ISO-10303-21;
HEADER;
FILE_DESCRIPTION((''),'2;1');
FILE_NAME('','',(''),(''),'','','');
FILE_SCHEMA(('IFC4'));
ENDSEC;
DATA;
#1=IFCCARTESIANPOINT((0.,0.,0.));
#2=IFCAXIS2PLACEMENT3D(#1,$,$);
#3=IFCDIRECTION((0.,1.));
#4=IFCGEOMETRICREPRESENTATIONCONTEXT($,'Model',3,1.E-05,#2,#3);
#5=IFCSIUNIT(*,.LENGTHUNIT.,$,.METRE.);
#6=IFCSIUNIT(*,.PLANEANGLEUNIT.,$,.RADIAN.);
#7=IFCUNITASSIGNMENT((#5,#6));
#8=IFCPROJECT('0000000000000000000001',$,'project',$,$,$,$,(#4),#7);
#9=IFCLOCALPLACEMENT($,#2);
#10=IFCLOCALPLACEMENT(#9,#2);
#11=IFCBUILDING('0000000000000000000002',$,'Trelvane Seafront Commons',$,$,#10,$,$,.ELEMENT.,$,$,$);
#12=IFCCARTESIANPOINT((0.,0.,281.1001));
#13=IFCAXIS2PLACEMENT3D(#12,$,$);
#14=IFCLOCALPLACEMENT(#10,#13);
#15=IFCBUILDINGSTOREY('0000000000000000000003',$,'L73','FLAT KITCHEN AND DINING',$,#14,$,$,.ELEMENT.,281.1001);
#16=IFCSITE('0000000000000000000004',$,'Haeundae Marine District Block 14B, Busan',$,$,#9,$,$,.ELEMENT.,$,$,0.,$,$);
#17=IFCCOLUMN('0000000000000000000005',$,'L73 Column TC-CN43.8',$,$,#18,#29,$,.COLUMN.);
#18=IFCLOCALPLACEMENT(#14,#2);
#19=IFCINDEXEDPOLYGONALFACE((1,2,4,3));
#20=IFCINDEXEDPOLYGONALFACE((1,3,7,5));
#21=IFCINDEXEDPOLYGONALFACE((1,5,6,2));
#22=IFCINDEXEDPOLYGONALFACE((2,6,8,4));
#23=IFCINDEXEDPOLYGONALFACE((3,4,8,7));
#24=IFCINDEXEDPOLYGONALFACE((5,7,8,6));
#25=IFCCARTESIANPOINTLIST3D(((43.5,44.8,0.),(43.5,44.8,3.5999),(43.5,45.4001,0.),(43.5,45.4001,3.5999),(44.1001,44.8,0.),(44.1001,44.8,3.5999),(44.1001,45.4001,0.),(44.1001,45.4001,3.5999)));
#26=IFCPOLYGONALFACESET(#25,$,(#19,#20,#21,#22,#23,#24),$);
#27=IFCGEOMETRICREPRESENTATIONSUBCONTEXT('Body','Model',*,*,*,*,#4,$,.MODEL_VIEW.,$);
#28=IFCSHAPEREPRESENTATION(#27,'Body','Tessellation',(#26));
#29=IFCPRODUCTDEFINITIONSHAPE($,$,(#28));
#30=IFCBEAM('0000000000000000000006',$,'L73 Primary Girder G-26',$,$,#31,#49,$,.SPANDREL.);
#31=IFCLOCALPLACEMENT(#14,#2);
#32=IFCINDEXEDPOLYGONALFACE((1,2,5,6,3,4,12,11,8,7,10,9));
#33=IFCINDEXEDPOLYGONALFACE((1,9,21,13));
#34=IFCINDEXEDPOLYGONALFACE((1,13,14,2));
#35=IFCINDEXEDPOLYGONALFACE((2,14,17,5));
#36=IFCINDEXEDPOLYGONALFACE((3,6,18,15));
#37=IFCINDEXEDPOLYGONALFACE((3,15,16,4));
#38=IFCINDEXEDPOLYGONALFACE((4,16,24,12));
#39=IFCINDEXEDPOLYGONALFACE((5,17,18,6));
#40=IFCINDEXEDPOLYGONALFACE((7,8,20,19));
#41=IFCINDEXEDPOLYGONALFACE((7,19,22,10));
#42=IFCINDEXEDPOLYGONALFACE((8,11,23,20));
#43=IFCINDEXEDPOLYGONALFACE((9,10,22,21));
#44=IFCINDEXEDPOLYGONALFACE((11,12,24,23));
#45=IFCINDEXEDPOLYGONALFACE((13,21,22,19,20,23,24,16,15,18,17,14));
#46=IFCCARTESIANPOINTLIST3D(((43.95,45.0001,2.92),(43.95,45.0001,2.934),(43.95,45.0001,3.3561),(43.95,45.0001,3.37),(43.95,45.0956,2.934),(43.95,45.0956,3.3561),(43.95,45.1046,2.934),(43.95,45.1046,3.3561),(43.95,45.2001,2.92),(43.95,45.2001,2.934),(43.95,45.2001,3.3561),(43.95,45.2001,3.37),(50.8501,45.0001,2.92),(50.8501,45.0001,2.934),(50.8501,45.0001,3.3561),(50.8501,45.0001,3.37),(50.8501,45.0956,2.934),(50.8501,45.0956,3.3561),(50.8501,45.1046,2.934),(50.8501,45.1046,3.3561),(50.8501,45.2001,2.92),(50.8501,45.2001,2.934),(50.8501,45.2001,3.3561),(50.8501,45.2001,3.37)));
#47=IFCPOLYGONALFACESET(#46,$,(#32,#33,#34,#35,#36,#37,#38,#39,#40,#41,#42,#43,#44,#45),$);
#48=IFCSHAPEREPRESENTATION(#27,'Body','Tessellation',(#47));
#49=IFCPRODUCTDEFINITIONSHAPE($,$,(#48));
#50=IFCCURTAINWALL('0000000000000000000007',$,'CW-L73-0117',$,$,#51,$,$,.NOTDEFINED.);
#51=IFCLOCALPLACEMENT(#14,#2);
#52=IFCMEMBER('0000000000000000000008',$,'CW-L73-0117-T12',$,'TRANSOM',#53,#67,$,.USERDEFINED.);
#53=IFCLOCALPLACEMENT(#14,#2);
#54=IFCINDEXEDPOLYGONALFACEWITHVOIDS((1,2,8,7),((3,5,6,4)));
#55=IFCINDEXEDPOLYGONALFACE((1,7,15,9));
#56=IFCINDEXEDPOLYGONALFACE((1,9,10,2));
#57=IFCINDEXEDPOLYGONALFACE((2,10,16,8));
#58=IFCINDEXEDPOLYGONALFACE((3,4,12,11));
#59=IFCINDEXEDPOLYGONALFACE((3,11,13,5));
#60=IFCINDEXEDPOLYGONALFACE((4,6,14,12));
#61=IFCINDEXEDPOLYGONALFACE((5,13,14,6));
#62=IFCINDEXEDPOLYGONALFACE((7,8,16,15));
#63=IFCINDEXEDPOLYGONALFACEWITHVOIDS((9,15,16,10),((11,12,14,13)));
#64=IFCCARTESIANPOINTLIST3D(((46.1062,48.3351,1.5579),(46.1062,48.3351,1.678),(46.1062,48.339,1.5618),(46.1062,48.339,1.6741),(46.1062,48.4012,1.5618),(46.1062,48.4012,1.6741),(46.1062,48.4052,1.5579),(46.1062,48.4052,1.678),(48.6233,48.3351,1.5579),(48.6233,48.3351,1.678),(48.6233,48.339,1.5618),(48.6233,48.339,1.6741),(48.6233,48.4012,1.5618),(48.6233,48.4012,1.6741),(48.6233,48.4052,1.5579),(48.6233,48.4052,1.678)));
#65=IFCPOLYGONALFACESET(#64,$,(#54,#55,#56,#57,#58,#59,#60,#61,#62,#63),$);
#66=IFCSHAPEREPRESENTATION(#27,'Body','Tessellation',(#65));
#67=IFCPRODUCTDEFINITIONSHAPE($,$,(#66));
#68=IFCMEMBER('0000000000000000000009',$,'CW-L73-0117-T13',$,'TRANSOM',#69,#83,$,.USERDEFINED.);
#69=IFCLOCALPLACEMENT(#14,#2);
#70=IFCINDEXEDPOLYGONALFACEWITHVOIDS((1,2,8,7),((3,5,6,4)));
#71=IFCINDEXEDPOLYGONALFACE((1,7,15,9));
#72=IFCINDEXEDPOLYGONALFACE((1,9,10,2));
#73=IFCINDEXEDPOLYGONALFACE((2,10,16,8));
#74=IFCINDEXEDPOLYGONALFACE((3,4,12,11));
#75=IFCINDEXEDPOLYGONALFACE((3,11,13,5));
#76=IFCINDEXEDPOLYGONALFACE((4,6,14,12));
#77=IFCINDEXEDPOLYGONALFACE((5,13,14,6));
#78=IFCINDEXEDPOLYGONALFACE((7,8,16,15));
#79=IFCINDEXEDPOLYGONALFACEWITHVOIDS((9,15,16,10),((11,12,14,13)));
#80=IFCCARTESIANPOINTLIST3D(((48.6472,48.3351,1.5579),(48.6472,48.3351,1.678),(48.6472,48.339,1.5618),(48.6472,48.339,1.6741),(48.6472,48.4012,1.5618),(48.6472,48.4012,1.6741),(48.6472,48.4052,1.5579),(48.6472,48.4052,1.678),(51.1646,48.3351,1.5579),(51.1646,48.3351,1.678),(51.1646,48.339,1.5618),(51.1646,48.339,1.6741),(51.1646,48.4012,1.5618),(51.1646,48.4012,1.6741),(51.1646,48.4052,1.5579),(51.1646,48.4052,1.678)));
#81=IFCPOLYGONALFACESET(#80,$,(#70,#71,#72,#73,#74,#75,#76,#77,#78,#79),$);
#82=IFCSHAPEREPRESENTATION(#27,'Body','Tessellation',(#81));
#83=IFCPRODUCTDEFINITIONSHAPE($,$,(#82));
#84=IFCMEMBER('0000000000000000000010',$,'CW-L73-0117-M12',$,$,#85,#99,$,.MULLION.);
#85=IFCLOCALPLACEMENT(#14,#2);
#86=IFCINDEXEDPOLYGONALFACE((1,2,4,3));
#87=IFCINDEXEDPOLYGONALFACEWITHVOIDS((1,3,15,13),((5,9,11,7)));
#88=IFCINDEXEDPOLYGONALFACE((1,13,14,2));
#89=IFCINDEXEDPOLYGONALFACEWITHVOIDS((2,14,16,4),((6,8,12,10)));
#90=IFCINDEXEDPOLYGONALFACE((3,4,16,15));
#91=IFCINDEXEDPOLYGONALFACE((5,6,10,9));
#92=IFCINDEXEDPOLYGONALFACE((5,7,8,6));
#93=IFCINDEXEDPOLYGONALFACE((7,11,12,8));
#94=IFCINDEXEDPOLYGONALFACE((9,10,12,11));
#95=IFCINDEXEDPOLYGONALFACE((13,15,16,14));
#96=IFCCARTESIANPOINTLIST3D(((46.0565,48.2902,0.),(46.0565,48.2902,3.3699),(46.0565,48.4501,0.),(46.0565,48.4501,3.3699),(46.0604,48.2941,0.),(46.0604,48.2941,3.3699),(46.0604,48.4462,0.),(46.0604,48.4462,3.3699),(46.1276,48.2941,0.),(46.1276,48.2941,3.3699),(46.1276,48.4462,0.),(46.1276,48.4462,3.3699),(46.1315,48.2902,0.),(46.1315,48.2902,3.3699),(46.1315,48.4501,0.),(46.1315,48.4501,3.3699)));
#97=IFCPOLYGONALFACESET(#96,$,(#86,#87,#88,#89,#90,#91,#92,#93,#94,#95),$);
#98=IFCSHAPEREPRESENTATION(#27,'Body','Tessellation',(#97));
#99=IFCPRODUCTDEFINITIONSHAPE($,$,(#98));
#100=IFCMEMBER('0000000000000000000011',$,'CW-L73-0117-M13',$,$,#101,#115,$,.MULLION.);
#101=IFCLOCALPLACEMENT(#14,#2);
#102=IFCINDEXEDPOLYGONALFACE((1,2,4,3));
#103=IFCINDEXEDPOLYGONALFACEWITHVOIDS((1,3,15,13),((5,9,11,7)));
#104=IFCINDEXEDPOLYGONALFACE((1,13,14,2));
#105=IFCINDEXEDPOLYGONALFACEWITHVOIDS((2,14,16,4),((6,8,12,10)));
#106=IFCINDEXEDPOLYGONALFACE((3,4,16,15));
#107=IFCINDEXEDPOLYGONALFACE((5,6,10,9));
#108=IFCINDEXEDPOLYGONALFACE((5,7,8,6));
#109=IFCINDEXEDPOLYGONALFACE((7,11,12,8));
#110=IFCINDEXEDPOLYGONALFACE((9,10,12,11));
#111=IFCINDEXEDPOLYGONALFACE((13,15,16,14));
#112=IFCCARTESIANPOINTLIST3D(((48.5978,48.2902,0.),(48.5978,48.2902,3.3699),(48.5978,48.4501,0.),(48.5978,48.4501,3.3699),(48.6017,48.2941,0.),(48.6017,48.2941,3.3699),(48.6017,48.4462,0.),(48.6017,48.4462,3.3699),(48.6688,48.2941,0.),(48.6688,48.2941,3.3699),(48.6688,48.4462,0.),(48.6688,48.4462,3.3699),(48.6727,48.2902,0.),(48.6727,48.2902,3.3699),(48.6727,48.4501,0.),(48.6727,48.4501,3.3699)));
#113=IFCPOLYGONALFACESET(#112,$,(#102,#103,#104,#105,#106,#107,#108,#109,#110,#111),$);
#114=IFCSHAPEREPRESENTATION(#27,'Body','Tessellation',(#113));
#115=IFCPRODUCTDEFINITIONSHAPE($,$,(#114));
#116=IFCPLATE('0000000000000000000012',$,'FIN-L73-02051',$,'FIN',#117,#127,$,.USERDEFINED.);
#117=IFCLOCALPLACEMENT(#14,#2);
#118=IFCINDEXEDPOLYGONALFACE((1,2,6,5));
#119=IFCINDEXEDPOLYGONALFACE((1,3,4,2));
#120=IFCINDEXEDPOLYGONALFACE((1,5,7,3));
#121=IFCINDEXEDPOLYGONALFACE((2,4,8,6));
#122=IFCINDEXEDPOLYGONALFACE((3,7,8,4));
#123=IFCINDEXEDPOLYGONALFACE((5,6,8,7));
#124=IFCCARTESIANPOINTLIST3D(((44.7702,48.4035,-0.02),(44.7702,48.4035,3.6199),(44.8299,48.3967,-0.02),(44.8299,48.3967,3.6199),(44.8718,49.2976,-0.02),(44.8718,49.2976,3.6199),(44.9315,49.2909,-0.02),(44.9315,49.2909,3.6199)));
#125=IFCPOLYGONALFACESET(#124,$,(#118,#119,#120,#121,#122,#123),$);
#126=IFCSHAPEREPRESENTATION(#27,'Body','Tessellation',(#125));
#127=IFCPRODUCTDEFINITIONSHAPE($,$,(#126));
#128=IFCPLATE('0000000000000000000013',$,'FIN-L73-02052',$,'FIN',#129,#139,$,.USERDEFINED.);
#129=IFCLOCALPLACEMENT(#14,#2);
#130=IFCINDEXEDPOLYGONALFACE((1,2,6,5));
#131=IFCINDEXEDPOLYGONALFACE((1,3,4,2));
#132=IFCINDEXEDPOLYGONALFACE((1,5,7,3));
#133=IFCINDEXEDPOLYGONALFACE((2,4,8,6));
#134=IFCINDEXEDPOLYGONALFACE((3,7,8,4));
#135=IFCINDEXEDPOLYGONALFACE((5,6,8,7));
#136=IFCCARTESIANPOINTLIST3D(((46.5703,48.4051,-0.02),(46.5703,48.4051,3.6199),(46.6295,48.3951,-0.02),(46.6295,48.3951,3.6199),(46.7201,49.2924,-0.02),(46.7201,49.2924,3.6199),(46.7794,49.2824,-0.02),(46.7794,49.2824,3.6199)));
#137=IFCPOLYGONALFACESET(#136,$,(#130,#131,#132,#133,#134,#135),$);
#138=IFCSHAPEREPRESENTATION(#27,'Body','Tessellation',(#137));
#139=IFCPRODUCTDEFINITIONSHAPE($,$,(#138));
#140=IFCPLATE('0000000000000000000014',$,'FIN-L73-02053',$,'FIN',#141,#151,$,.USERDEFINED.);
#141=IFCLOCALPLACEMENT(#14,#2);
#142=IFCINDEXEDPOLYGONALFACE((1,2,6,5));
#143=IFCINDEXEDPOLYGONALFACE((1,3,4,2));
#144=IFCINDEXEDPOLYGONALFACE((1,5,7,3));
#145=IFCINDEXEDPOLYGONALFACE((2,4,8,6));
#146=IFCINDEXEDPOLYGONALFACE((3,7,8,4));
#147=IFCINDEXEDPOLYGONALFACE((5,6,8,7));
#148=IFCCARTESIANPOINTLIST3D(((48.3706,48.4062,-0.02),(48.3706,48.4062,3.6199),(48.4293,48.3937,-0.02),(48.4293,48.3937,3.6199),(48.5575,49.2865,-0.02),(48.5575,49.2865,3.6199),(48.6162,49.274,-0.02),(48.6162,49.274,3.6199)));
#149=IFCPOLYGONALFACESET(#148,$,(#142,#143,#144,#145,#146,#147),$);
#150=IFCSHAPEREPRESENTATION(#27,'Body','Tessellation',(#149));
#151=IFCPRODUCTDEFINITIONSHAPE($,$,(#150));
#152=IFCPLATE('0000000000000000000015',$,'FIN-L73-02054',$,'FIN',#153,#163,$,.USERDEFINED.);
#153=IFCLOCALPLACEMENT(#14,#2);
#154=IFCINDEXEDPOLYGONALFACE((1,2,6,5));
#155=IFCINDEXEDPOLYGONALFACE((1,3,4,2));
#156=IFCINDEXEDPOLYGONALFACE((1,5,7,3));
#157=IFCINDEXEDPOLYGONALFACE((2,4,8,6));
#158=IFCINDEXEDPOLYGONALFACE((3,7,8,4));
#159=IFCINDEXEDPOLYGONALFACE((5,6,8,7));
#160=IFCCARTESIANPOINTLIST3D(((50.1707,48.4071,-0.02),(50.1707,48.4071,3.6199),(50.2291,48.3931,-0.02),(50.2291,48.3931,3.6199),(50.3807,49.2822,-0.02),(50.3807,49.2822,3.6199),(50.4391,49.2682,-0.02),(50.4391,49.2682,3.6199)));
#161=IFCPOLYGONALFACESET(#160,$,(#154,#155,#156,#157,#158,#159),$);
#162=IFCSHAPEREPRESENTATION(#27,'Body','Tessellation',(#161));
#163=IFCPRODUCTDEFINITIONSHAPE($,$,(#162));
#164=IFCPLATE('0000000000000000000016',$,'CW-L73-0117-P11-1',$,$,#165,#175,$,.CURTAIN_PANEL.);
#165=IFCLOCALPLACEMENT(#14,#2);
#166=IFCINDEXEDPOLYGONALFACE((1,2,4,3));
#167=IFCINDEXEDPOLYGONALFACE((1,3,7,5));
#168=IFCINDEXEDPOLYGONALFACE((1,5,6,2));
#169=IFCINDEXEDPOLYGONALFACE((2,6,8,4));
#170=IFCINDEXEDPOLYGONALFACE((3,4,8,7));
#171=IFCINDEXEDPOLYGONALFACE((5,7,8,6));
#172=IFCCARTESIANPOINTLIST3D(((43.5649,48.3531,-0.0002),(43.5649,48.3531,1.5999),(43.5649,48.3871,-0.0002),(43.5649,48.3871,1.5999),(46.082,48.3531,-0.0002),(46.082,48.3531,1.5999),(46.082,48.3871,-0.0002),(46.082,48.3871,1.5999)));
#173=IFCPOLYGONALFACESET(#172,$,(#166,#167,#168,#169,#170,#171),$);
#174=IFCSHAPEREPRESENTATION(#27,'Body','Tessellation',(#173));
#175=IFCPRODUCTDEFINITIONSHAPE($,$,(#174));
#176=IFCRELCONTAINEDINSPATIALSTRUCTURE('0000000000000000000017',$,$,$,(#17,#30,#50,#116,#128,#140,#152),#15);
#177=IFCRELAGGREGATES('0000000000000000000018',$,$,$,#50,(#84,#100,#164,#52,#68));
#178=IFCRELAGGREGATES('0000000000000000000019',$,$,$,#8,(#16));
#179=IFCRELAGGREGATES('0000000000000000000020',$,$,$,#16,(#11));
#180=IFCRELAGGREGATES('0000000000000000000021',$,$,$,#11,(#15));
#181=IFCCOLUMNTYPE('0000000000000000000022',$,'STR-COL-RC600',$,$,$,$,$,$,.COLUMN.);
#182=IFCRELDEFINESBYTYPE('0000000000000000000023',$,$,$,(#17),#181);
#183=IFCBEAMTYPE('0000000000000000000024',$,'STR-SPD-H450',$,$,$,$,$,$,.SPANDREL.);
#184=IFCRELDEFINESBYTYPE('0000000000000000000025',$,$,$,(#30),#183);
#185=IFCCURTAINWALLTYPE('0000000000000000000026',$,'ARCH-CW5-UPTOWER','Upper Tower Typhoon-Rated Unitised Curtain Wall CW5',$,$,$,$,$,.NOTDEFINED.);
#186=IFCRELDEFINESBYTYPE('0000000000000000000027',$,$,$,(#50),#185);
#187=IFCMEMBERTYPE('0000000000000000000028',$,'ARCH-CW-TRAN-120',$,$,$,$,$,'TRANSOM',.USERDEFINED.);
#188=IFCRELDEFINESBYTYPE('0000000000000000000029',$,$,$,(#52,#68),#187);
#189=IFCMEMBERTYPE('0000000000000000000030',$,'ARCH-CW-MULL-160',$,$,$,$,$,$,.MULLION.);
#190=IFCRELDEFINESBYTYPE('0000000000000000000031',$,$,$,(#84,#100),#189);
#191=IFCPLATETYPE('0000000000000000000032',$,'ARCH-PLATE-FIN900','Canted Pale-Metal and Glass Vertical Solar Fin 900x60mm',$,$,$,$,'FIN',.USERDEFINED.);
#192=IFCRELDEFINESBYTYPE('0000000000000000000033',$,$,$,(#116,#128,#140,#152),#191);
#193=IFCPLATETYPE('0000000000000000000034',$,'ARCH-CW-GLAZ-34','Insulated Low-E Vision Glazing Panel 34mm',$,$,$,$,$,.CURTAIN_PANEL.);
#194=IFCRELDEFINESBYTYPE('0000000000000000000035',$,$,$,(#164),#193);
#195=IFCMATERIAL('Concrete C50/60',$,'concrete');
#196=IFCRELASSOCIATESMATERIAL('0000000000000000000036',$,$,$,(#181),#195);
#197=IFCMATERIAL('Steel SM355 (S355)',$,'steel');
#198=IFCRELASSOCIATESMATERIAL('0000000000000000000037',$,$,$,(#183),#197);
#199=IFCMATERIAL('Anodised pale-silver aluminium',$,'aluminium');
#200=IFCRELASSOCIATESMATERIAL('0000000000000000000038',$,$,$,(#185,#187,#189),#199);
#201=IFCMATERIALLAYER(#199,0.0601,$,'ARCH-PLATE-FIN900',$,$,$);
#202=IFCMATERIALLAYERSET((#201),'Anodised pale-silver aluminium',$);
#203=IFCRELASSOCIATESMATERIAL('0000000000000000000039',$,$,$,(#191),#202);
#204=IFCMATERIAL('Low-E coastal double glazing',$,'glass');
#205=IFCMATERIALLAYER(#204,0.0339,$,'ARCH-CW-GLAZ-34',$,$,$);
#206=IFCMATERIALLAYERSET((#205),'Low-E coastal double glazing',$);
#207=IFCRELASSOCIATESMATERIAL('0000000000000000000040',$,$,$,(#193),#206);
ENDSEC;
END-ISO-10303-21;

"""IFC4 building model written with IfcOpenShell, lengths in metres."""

from ifc_helpers import new_model, si_unit, direction, frame, origin, origin_2d, place, context, subcontext, project, spatial, rectangle, hollow_rectangle, i_section, extrude, source, transform, mapped, material, layer, layer_set, material_profile, profile_set, type_object, element, aggregate, save


model = new_model("IFC4")

# Units and contexts
model_context = context("Model", 3, precision=1e-05, world=origin(), true_north=direction((0.0, 1.0)))
body_context = subcontext(model_context, "Body", "Model", "MODEL_VIEW")
ifc_project = project(units=[si_unit("LENGTHUNIT", "METRE"), si_unit("PLANEANGLEUNIT", "RADIAN")], contexts=[model_context])

# Site, building, storey
site_placement = place(None, origin())
site = spatial("IfcSite", under=ifc_project, at=site_placement, Name="Haeundae Marine District Block 14B, Busan", CompositionType="ELEMENT", RefElevation=0.0)
building_placement = place(site_placement, origin())
building = spatial("IfcBuilding", under=site, at=building_placement, Name="Trelvane Seafront Commons", CompositionType="ELEMENT")
storey_placement = place(building_placement, frame((0.0, 0.0, 281.1001)))
storey = spatial("IfcBuildingStorey", under=building, at=storey_placement, Name="L73", Description="FLAT KITCHEN AND DINING", CompositionType="ELEMENT", Elevation=281.1001)

# Column
ifc_material_1 = material(Name="Concrete C50/60", Category="concrete")
ifc_material_profile_1 = material_profile(ifc_material_1, rectangle(XDim=0.6001, YDim=0.6001, at=origin_2d()), Name="RC-600x600")
ifc_profile_set_1 = profile_set([ifc_material_profile_1], Name="Concrete C50/60")
column_type = type_object("IfcColumnType", Name="STR-COL-RC600", PredefinedType="COLUMN", material=ifc_profile_set_1)
shared_shape_1 = source(origin(), body_context, "Body", "SweptSolid", [
    extrude(rectangle(XDim=0.6001, YDim=0.6001, at=origin_2d()), origin(), (0.0, 0.0, 1.0), 3.5999),
])
column_placement = place(storey_placement, frame((43.8, 45.1001, 0.0), z_axis=(0.0, 0.0, 1.0), x_axis=(1.0, 0.0, 0.0)))
element("IfcColumn", 1, at=column_placement, inside=storey, type_object=column_type, Name="L73 Column TC-CN43.8", PredefinedType="COLUMN", context=body_context, shape_type="MappedRepresentation", body=[
    mapped(shared_shape_1, transform((0.0, 0.0, 0.0), x_axis=(1.0, 0.0, 0.0), y_axis=(0.0, 1.0, 0.0), z_axis=(0.0, 0.0, 1.0), scale=1.0)),
])

# Beam
ifc_material_2 = material(Name="Steel SM355 (S355)", Category="steel")
ifc_material_profile_2 = material_profile(ifc_material_2, i_section(OverallWidth=0.2, OverallDepth=0.45, WebThickness=0.009, FlangeThickness=0.0139, at=origin_2d()), Name="H-450x200x9x14")
ifc_profile_set_2 = profile_set([ifc_material_profile_2], Name="Steel SM355 (S355)")
beam_type = type_object("IfcBeamType", Name="STR-SPD-H450", PredefinedType="SPANDREL", material=ifc_profile_set_2)
shared_shape_2 = source(origin(), body_context, "Body", "SweptSolid", [
    extrude(i_section(OverallWidth=0.2, OverallDepth=0.45, WebThickness=0.009, FlangeThickness=0.0139, at=origin_2d()), origin(), (0.0, 0.0, 1.0), 6.9001),
])
beam_placement = place(storey_placement, frame((43.95, 45.1001, 3.145), z_axis=(1.0, 0.0, 0.0), x_axis=(0.0, 1.0, 0.0)))
element("IfcBeam", 2, at=beam_placement, inside=storey, type_object=beam_type, Name="L73 Primary Girder G-26", PredefinedType="SPANDREL", context=body_context, shape_type="MappedRepresentation", body=[
    mapped(shared_shape_2, transform((0.0, 0.0, 0.0), x_axis=(1.0, 0.0, 0.0), y_axis=(0.0, 1.0, 0.0), z_axis=(0.0, 0.0, 1.0), scale=1.0)),
])

# Curtain wall, members
ifc_material_3 = material(Name="Anodised pale-silver aluminium", Category="aluminium")
curtain_wall_type = type_object("IfcCurtainWallType", Name="ARCH-CW5-UPTOWER", Description="Upper Tower Typhoon-Rated Unitised Curtain Wall CW5", PredefinedType="NOTDEFINED", material=ifc_material_3)
curtain_wall_placement = place(storey_placement, origin())
curtain_wall = element("IfcCurtainWall", 3, at=curtain_wall_placement, inside=storey, type_object=curtain_wall_type, Name="CW-L73-0117", PredefinedType="NOTDEFINED")
ifc_material_profile_3 = material_profile(ifc_material_3, hollow_rectangle(XDim=0.0701, YDim=0.1201, WallThickness=0.0039, at=origin_2d()), Name="TRAN-70x120x4")
ifc_profile_set_3 = profile_set([ifc_material_profile_3], Name="Anodised pale-silver aluminium")
member_type_1 = type_object("IfcMemberType", Name="ARCH-CW-TRAN-120", ElementType="TRANSOM", PredefinedType="USERDEFINED", material=ifc_profile_set_3)
shared_shape_3 = source(origin(), body_context, "Body", "SweptSolid", [
    extrude(hollow_rectangle(XDim=0.0701, YDim=0.1201, WallThickness=0.0039, at=origin_2d()), origin(), (0.0, 0.0, 1.0), 2.5171),
])
member_1_placement = place(storey_placement, frame((46.1062, 48.3701, 1.6179), z_axis=(1.0, 0.0, 0.0), x_axis=(0.0, 1.0, 0.0)))
member_1 = element("IfcMember", 4, at=member_1_placement, type_object=member_type_1, Name="CW-L73-0117-T12", ObjectType="TRANSOM", PredefinedType="USERDEFINED", context=body_context, shape_type="MappedRepresentation", body=[
    mapped(shared_shape_3, transform((0.0, 0.0, 0.0), x_axis=(1.0, 0.0, 0.0), y_axis=(0.0, 1.0, 0.0), z_axis=(0.0, 0.0, 1.0), scale=1.0)),
])
shared_shape_4 = source(origin(), body_context, "Body", "SweptSolid", [
    extrude(hollow_rectangle(XDim=0.0701, YDim=0.1201, WallThickness=0.0039, at=origin_2d()), origin(), (0.0, 0.0, 1.0), 2.5173),
])
member_2_placement = place(storey_placement, frame((48.6472, 48.3701, 1.6179), z_axis=(1.0, 0.0, 0.0), x_axis=(0.0, 1.0, 0.0)))
member_2 = element("IfcMember", 5, at=member_2_placement, type_object=member_type_1, Name="CW-L73-0117-T13", ObjectType="TRANSOM", PredefinedType="USERDEFINED", context=body_context, shape_type="MappedRepresentation", body=[
    mapped(shared_shape_4, transform((0.0, 0.0, 0.0), x_axis=(1.0, 0.0, 0.0), y_axis=(0.0, 1.0, 0.0), z_axis=(0.0, 0.0, 1.0), scale=1.0)),
])
ifc_material_profile_4 = material_profile(ifc_material_3, hollow_rectangle(XDim=0.075, YDim=0.1599, WallThickness=0.0039, at=origin_2d()), Name="MULL-75x160x4")
ifc_profile_set_4 = profile_set([ifc_material_profile_4], Name="Anodised pale-silver aluminium")
member_type_2 = type_object("IfcMemberType", Name="ARCH-CW-MULL-160", PredefinedType="MULLION", material=ifc_profile_set_4)
shared_shape_5 = source(origin(), body_context, "Body", "SweptSolid", [
    extrude(hollow_rectangle(XDim=0.075, YDim=0.1599, WallThickness=0.0039, at=origin_2d()), origin(), (0.0, 0.0, 1.0), 3.3699),
])
member_3_placement = place(storey_placement, frame((46.094, 48.3701, 0.0), z_axis=(0.0, 0.0, 1.0), x_axis=(1.0, 0.0, 0.0)))
member_3 = element("IfcMember", 6, at=member_3_placement, type_object=member_type_2, Name="CW-L73-0117-M12", PredefinedType="MULLION", context=body_context, shape_type="MappedRepresentation", body=[
    mapped(shared_shape_5, transform((0.0, 0.0, 0.0), x_axis=(1.0, 0.0, 0.0), y_axis=(0.0, 1.0, 0.0), z_axis=(0.0, 0.0, 1.0), scale=1.0)),
])
member_4_placement = place(storey_placement, frame((48.6353, 48.3701, 0.0), z_axis=(0.0, 0.0, 1.0), x_axis=(1.0, 0.0, 0.0)))
member_4 = element("IfcMember", 7, at=member_4_placement, type_object=member_type_2, Name="CW-L73-0117-M13", PredefinedType="MULLION", context=body_context, shape_type="MappedRepresentation", body=[
    mapped(shared_shape_5, transform((0.0, 0.0, 0.0), x_axis=(1.0, 0.0, 0.0), y_axis=(0.0, 1.0, 0.0), z_axis=(0.0, 0.0, 1.0), scale=1.0)),
])

# Plates
ifc_layer_1 = layer(ifc_material_3, 0.0601, Name="ARCH-PLATE-FIN900")
ifc_layer_set_1 = layer_set([ifc_layer_1], Name="Anodised pale-silver aluminium")
plate_type_1 = type_object("IfcPlateType", Name="ARCH-PLATE-FIN900", Description="Canted Pale-Metal and Glass Vertical Solar Fin 900x60mm", ElementType="FIN", PredefinedType="USERDEFINED", material=ifc_layer_set_1)
shared_shape_6 = source(origin(), body_context, "Body", "SweptSolid", [
    extrude(rectangle(XDim=0.8999, YDim=0.0601, at=origin_2d()), origin(), (0.0, 0.0, 1.0), 3.6399),
])
for number, where, z_axis, x_axis, name in (
    (8, (44.8508, 48.8472, -0.02), (0.0, 0.0, 1.0), (0.112895, 0.993607, 0.0), "FIN-L73-02051"),
    (9, (46.6748, 48.8438, -0.02), (0.0, 0.0, 1.0), (0.166561, 0.986031, 0.0), "FIN-L73-02052"),
    (10, (48.4934, 48.8401, -0.02), (0.0, 0.0, 1.0), (0.207662, 0.978201, 0.0), "FIN-L73-02053"),
    (11, (50.3049, 48.8376, -0.02), (0.0, 0.0, 1.0), (0.233323, 0.972399, 0.0), "FIN-L73-02054"),
):
    element("IfcPlate", number, at=place(storey_placement, frame(where, z_axis=z_axis, x_axis=x_axis)), inside=storey, type_object=plate_type_1, Name=name, ObjectType="FIN", PredefinedType="USERDEFINED", context=body_context, shape_type="MappedRepresentation", body=[
        mapped(shared_shape_6, transform((0.0, 0.0, 0.0), x_axis=(1.0, 0.0, 0.0), y_axis=(0.0, 1.0, 0.0), z_axis=(0.0, 0.0, 1.0), scale=1.0)),
    ])

# Plate
ifc_material_4 = material(Name="Low-E coastal double glazing", Category="glass")
ifc_layer_2 = layer(ifc_material_4, 0.0339, Name="ARCH-CW-GLAZ-34")
ifc_layer_set_2 = layer_set([ifc_layer_2], Name="Low-E coastal double glazing")
plate_type_2 = type_object("IfcPlateType", Name="ARCH-CW-GLAZ-34", Description="Insulated Low-E Vision Glazing Panel 34mm", PredefinedType="CURTAIN_PANEL", material=ifc_layer_set_2)
shared_shape_7 = source(origin(), body_context, "Body", "SweptSolid", [
    extrude(rectangle(XDim=2.5171, YDim=0.0339, at=origin_2d()), origin(), (0.0, 0.0, 1.0), 1.6001),
])
plate_1_placement = place(storey_placement, frame((44.8235, 48.3701, -0.0002), z_axis=(0.0, 0.0, 1.0), x_axis=(1.0, 0.0, 0.0)))
plate_1 = element("IfcPlate", 12, at=plate_1_placement, type_object=plate_type_2, Name="CW-L73-0117-P11-1", PredefinedType="CURTAIN_PANEL", context=body_context, shape_type="MappedRepresentation", body=[
    mapped(shared_shape_7, transform((0.0, 0.0, 0.0), x_axis=(1.0, 0.0, 0.0), y_axis=(0.0, 1.0, 0.0), z_axis=(0.0, 0.0, 1.0), scale=1.0)),
])
aggregate(curtain_wall, [member_3, member_4, plate_1, member_1, member_2])

save(model, "model.ifc")
